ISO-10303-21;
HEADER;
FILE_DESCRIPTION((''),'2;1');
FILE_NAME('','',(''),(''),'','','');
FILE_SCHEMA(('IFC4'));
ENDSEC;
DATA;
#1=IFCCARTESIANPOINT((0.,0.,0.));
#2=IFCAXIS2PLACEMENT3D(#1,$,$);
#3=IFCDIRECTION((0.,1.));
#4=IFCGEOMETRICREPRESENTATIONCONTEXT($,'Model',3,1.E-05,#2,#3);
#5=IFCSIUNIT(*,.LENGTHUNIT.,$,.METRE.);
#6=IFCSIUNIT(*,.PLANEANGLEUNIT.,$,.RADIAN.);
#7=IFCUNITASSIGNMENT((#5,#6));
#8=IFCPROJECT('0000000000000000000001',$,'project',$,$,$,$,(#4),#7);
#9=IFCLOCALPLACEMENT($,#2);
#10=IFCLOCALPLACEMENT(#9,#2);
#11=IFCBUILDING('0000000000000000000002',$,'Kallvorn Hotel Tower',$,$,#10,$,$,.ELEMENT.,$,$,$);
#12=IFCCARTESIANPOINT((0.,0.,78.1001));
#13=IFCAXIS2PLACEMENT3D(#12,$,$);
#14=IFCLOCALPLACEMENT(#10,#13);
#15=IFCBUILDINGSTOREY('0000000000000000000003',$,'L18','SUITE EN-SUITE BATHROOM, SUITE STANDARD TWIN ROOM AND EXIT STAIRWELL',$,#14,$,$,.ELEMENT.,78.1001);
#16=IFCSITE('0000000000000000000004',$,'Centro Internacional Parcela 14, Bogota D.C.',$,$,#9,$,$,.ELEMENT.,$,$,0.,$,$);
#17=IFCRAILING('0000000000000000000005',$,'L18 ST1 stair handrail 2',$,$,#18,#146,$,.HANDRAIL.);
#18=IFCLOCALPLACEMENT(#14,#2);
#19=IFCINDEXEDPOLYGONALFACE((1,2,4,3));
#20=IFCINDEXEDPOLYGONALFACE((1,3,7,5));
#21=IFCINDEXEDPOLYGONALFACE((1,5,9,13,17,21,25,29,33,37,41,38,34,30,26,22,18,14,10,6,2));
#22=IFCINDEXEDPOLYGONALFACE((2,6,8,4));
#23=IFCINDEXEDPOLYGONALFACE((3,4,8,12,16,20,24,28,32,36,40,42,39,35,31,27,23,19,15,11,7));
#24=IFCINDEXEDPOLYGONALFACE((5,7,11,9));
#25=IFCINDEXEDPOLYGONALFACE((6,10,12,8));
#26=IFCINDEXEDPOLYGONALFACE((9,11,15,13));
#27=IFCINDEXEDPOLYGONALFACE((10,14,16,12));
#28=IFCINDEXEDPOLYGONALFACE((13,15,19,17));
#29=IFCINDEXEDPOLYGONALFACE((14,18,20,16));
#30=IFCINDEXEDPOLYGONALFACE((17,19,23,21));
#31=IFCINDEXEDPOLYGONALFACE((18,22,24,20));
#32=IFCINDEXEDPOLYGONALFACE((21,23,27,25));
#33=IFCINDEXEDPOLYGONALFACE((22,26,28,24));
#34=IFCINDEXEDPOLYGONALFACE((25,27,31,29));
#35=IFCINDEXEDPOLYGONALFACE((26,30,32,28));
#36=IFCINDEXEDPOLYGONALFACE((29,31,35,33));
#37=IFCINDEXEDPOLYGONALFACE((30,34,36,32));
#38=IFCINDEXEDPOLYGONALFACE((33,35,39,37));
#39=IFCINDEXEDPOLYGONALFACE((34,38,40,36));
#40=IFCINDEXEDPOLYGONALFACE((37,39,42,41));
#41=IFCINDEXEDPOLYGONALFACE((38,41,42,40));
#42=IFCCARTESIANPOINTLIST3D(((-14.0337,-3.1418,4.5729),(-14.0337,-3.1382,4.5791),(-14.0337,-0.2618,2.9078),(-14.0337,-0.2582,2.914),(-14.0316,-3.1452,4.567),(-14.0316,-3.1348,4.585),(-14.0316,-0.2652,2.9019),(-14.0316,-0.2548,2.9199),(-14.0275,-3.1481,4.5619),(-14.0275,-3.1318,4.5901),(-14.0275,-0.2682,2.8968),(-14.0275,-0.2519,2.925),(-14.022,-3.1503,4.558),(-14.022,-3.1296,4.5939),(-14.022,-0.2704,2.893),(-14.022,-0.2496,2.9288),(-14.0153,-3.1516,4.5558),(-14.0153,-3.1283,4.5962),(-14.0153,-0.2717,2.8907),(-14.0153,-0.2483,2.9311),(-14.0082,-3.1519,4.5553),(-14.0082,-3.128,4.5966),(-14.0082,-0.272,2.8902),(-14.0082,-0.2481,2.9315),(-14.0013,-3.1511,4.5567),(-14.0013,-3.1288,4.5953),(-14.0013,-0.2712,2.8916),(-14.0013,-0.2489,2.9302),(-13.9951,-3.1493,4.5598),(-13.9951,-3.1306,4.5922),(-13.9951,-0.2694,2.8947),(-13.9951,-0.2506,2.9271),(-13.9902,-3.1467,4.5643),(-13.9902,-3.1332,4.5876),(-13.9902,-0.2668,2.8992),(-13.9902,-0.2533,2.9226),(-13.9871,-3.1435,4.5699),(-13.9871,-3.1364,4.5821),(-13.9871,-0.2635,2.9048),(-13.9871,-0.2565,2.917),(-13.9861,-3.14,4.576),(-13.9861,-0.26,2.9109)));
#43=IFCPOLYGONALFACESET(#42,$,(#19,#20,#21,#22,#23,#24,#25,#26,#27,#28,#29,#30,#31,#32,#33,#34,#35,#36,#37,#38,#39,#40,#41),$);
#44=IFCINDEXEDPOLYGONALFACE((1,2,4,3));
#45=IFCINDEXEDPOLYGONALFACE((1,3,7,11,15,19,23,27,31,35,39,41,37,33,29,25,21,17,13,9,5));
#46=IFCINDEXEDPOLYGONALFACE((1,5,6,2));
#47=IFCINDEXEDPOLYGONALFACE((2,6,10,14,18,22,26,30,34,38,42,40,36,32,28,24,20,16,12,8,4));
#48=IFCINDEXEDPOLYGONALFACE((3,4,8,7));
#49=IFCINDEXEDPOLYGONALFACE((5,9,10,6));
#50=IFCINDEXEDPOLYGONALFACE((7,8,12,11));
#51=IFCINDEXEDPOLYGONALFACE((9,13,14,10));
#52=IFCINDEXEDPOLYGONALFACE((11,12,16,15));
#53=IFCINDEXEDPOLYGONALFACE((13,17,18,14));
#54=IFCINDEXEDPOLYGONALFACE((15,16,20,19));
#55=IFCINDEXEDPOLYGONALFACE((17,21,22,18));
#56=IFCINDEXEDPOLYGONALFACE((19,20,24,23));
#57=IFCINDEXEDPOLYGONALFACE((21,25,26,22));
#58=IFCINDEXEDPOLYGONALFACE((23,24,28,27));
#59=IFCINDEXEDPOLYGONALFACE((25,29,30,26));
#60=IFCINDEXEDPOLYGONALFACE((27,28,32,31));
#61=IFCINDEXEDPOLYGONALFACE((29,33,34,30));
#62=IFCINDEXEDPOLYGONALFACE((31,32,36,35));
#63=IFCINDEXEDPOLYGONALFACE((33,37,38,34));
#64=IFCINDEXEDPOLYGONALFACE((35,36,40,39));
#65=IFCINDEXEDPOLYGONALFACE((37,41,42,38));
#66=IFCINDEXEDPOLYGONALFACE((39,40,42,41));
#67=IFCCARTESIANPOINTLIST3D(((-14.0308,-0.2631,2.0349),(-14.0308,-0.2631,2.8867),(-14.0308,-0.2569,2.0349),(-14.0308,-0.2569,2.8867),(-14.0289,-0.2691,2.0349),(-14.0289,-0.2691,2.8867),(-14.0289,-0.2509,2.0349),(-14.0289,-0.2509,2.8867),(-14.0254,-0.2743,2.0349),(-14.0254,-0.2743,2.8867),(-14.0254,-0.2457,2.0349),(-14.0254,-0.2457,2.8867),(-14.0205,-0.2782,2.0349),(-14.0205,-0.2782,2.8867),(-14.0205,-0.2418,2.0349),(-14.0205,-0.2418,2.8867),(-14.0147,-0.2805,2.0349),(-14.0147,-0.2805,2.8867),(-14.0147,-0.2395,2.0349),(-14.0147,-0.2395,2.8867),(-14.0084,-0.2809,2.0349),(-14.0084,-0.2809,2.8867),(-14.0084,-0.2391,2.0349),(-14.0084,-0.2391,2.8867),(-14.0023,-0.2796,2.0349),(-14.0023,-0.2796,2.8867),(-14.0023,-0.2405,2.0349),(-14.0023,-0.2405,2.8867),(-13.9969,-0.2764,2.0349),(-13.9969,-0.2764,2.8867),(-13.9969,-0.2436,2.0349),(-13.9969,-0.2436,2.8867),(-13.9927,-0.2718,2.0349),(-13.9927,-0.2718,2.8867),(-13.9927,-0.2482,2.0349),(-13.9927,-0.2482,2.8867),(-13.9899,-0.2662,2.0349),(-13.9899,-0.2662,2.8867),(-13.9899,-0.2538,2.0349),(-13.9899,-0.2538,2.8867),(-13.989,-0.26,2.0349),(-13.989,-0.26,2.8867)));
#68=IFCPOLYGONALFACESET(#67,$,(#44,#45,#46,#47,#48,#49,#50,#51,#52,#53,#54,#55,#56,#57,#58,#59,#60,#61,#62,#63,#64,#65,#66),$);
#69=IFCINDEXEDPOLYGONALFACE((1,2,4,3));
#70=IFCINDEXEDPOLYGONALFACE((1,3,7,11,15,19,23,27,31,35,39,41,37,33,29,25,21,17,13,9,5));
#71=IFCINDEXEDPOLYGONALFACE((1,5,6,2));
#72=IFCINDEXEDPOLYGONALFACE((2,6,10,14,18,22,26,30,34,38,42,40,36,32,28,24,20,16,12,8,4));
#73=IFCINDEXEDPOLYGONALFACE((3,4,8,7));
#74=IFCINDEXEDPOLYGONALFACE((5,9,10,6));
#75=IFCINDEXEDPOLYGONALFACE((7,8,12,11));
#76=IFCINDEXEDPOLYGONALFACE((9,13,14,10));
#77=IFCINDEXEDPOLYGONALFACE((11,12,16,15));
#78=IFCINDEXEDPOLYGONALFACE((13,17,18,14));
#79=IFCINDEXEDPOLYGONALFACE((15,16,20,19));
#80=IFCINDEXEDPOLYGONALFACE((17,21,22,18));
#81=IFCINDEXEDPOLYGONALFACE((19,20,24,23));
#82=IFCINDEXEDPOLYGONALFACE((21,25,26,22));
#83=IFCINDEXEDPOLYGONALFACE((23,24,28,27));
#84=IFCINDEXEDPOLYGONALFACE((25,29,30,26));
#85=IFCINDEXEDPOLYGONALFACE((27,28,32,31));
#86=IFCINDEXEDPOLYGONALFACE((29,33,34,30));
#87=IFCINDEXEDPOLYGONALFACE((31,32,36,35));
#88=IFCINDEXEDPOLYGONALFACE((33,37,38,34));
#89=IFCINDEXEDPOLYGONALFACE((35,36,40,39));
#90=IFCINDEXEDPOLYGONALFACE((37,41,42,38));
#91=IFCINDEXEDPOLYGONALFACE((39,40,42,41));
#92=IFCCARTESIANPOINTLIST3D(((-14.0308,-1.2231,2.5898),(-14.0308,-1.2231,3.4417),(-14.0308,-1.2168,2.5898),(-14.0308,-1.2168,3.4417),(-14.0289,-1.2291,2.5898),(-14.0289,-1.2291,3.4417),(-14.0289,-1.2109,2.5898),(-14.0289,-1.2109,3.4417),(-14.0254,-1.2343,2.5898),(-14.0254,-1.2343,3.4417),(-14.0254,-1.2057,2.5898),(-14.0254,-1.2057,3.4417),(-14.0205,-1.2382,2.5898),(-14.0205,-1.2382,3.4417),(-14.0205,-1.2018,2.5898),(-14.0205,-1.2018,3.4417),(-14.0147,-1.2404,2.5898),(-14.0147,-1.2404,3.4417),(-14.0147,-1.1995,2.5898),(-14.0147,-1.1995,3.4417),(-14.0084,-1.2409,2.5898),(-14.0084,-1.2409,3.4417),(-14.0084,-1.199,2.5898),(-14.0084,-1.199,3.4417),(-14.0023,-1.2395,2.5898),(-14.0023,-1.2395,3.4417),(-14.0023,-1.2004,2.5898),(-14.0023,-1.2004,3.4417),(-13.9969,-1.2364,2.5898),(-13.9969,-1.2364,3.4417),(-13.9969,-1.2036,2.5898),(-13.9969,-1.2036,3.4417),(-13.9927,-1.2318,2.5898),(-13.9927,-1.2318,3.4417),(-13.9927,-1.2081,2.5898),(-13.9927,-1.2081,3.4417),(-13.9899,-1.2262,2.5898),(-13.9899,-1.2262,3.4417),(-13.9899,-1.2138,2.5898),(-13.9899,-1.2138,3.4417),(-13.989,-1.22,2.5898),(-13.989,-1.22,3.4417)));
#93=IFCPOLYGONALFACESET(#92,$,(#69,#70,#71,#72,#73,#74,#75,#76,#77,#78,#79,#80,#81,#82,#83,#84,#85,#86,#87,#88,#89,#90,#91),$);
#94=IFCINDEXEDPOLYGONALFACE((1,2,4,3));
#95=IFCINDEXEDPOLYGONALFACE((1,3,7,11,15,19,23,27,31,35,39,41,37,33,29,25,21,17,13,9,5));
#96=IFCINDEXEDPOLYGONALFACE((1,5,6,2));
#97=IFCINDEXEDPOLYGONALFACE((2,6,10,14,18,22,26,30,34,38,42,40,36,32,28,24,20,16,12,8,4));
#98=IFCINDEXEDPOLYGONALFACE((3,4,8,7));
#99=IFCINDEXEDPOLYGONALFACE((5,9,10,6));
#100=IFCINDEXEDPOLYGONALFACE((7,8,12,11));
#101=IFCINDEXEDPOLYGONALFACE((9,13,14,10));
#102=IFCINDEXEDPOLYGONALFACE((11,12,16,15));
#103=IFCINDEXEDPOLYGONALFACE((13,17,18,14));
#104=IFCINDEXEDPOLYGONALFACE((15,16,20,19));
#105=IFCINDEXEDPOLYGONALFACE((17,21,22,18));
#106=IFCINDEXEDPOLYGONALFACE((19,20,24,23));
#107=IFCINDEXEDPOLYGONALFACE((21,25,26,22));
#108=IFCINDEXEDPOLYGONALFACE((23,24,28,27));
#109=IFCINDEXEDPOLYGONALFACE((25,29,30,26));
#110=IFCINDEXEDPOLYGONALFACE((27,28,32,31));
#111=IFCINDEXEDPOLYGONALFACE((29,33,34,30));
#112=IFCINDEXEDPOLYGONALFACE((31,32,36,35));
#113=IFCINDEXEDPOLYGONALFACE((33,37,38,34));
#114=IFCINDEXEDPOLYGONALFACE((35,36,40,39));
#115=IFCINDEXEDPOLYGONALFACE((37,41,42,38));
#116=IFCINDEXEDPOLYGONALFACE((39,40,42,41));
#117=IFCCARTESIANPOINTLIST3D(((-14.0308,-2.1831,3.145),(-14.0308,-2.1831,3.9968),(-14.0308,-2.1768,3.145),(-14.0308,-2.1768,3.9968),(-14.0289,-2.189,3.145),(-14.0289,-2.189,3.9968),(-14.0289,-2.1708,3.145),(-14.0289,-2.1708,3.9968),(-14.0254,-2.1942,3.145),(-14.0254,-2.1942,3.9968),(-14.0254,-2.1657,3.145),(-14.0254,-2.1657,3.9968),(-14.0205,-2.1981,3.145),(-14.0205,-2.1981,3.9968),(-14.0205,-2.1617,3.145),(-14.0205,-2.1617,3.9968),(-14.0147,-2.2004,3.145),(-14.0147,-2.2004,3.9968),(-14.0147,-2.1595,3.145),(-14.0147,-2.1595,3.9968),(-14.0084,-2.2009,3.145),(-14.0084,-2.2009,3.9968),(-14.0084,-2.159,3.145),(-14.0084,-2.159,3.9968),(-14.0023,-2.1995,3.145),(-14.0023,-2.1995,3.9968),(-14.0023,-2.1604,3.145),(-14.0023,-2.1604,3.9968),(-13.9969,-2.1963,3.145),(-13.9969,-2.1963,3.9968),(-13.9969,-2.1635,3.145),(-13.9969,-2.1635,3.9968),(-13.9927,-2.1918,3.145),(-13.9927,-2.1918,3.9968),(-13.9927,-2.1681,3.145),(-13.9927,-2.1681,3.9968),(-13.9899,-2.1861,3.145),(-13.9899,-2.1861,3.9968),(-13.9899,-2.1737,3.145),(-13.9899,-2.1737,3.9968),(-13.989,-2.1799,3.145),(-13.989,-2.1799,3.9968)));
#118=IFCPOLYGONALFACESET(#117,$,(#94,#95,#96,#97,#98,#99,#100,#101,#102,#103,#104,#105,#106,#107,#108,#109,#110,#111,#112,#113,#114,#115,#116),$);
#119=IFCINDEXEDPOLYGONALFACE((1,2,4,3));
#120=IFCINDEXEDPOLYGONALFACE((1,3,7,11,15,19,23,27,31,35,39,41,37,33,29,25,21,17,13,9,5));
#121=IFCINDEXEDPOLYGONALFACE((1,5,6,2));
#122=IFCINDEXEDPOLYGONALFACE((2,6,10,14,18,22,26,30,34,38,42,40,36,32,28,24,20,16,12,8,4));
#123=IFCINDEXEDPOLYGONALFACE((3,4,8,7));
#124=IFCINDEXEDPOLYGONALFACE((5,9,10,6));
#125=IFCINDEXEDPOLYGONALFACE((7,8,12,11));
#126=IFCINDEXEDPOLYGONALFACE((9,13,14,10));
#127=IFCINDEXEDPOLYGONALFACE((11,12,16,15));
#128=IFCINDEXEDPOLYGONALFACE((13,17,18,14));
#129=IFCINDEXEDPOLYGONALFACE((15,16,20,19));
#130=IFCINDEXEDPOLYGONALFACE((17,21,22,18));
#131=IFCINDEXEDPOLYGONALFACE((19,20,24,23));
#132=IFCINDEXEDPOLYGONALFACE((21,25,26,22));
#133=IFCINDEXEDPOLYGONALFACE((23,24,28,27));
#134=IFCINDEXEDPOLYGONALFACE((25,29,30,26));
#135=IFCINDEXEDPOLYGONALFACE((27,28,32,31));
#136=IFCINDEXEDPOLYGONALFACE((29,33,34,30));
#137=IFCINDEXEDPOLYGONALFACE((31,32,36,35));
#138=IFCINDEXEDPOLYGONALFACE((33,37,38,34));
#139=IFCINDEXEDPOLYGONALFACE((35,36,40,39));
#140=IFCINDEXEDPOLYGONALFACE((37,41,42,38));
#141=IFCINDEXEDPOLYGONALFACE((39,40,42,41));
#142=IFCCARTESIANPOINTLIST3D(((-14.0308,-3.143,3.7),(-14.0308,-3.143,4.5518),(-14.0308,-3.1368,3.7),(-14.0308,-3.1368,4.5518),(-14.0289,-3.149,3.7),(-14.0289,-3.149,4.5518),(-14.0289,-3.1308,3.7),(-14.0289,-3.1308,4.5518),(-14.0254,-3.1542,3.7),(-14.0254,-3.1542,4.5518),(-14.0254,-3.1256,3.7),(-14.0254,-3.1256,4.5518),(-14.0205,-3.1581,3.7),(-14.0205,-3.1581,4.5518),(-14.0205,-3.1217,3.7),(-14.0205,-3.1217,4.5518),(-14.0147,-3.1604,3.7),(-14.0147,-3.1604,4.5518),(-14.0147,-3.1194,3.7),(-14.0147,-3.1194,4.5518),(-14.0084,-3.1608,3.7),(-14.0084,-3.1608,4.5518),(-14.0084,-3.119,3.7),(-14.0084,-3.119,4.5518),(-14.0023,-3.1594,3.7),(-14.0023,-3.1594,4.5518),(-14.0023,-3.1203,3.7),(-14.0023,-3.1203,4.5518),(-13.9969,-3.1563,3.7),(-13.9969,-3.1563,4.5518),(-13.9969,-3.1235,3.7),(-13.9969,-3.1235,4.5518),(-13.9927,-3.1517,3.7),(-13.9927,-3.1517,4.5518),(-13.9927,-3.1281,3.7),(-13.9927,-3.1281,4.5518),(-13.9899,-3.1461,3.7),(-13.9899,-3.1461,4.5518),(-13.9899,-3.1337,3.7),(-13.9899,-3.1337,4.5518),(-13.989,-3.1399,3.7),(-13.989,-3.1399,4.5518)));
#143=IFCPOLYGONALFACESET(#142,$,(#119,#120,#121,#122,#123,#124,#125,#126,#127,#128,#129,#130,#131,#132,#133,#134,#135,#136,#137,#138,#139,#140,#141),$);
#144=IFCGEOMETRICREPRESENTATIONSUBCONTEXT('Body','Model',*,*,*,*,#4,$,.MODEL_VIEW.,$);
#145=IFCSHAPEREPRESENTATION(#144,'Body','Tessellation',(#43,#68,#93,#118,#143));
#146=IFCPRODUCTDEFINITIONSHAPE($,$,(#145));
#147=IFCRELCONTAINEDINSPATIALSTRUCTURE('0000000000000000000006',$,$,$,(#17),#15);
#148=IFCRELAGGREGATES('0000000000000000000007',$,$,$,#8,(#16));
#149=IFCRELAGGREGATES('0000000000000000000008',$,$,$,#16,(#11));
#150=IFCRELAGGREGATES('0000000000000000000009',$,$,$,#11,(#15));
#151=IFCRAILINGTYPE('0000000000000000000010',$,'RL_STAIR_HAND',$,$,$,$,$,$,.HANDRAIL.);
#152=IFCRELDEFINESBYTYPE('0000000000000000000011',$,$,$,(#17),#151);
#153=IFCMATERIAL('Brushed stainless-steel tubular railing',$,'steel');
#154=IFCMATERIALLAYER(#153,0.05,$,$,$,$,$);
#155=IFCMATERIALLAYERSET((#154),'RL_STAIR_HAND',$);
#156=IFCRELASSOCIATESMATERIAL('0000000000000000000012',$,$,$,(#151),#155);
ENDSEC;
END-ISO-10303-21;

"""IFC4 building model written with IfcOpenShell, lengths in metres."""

from ifc_helpers import new_model, si_unit, direction, frame, origin, origin_2d, place, context, subcontext, project, spatial, circle, extrude, material, layer, layer_set, type_object, element, save


model = new_model("IFC4")

# Units and contexts
model_context = context("Model", 3, precision=1e-05, world=origin(), true_north=direction((0.0, 1.0)))
body_context = subcontext(model_context, "Body", "Model", "MODEL_VIEW")
ifc_project = project(units=[si_unit("LENGTHUNIT", "METRE"), si_unit("PLANEANGLEUNIT", "RADIAN")], contexts=[model_context])

# Site, building, storey
site_placement = place(None, origin())
site = spatial("IfcSite", under=ifc_project, at=site_placement, Name="Centro Internacional Parcela 14, Bogota D.C.", CompositionType="ELEMENT", RefElevation=0.0)
building_placement = place(site_placement, origin())
building = spatial("IfcBuilding", under=site, at=building_placement, Name="Kallvorn Hotel Tower", CompositionType="ELEMENT")
storey_placement = place(building_placement, frame((0.0, 0.0, 78.1001)))
storey = spatial("IfcBuildingStorey", under=building, at=storey_placement, Name="L18", Description="SUITE EN-SUITE BATHROOM, SUITE STANDARD TWIN ROOM AND EXIT STAIRWELL", CompositionType="ELEMENT", Elevation=78.1001)

# Railing
ifc_material_1 = material(Name="Brushed stainless-steel tubular railing", Category="steel")
ifc_layer_1 = layer(ifc_material_1, 0.05)
ifc_layer_set_1 = layer_set([ifc_layer_1], Name="RL_STAIR_HAND")
railing_type_1 = type_object("IfcRailingType", Name="RL_STAIR_HAND", PredefinedType="HANDRAIL", material=ifc_layer_set_1)
railing_1_placement = place(storey_placement, frame((-14.01, -0.26, 2.0349)))
element("IfcRailing", 1, at=railing_1_placement, inside=storey, type_object=railing_type_1, Name="L18 ST1 stair handrail 2", PredefinedType="HANDRAIL", context=body_context, shape_type="SweptSolid", body=[
    extrude(circle(Radius=0.0239, at=origin_2d()), frame((0.0, 0.0, 0.876), z_axis=(0.0, -0.865721, 0.500527), x_axis=(1.0, 0.0, 0.0)), (0.0, 0.0, 1.0), 3.3267),
    extrude(circle(Radius=0.021, at=origin_2d()), origin(), (0.0, 0.0, 1.0), 0.8518),
    extrude(circle(Radius=0.021, at=origin_2d()), frame((0.0, -0.96, 0.5549)), (0.0, 0.0, 1.0), 0.8518),
    extrude(circle(Radius=0.021, at=origin_2d()), frame((0.0, -1.9199, 1.1101)), (0.0, 0.0, 1.0), 0.8518),
    extrude(circle(Radius=0.021, at=origin_2d()), frame((0.0, -2.8799, 1.665)), (0.0, 0.0, 1.0), 0.8518),
])

save(model, "model.ifc")
